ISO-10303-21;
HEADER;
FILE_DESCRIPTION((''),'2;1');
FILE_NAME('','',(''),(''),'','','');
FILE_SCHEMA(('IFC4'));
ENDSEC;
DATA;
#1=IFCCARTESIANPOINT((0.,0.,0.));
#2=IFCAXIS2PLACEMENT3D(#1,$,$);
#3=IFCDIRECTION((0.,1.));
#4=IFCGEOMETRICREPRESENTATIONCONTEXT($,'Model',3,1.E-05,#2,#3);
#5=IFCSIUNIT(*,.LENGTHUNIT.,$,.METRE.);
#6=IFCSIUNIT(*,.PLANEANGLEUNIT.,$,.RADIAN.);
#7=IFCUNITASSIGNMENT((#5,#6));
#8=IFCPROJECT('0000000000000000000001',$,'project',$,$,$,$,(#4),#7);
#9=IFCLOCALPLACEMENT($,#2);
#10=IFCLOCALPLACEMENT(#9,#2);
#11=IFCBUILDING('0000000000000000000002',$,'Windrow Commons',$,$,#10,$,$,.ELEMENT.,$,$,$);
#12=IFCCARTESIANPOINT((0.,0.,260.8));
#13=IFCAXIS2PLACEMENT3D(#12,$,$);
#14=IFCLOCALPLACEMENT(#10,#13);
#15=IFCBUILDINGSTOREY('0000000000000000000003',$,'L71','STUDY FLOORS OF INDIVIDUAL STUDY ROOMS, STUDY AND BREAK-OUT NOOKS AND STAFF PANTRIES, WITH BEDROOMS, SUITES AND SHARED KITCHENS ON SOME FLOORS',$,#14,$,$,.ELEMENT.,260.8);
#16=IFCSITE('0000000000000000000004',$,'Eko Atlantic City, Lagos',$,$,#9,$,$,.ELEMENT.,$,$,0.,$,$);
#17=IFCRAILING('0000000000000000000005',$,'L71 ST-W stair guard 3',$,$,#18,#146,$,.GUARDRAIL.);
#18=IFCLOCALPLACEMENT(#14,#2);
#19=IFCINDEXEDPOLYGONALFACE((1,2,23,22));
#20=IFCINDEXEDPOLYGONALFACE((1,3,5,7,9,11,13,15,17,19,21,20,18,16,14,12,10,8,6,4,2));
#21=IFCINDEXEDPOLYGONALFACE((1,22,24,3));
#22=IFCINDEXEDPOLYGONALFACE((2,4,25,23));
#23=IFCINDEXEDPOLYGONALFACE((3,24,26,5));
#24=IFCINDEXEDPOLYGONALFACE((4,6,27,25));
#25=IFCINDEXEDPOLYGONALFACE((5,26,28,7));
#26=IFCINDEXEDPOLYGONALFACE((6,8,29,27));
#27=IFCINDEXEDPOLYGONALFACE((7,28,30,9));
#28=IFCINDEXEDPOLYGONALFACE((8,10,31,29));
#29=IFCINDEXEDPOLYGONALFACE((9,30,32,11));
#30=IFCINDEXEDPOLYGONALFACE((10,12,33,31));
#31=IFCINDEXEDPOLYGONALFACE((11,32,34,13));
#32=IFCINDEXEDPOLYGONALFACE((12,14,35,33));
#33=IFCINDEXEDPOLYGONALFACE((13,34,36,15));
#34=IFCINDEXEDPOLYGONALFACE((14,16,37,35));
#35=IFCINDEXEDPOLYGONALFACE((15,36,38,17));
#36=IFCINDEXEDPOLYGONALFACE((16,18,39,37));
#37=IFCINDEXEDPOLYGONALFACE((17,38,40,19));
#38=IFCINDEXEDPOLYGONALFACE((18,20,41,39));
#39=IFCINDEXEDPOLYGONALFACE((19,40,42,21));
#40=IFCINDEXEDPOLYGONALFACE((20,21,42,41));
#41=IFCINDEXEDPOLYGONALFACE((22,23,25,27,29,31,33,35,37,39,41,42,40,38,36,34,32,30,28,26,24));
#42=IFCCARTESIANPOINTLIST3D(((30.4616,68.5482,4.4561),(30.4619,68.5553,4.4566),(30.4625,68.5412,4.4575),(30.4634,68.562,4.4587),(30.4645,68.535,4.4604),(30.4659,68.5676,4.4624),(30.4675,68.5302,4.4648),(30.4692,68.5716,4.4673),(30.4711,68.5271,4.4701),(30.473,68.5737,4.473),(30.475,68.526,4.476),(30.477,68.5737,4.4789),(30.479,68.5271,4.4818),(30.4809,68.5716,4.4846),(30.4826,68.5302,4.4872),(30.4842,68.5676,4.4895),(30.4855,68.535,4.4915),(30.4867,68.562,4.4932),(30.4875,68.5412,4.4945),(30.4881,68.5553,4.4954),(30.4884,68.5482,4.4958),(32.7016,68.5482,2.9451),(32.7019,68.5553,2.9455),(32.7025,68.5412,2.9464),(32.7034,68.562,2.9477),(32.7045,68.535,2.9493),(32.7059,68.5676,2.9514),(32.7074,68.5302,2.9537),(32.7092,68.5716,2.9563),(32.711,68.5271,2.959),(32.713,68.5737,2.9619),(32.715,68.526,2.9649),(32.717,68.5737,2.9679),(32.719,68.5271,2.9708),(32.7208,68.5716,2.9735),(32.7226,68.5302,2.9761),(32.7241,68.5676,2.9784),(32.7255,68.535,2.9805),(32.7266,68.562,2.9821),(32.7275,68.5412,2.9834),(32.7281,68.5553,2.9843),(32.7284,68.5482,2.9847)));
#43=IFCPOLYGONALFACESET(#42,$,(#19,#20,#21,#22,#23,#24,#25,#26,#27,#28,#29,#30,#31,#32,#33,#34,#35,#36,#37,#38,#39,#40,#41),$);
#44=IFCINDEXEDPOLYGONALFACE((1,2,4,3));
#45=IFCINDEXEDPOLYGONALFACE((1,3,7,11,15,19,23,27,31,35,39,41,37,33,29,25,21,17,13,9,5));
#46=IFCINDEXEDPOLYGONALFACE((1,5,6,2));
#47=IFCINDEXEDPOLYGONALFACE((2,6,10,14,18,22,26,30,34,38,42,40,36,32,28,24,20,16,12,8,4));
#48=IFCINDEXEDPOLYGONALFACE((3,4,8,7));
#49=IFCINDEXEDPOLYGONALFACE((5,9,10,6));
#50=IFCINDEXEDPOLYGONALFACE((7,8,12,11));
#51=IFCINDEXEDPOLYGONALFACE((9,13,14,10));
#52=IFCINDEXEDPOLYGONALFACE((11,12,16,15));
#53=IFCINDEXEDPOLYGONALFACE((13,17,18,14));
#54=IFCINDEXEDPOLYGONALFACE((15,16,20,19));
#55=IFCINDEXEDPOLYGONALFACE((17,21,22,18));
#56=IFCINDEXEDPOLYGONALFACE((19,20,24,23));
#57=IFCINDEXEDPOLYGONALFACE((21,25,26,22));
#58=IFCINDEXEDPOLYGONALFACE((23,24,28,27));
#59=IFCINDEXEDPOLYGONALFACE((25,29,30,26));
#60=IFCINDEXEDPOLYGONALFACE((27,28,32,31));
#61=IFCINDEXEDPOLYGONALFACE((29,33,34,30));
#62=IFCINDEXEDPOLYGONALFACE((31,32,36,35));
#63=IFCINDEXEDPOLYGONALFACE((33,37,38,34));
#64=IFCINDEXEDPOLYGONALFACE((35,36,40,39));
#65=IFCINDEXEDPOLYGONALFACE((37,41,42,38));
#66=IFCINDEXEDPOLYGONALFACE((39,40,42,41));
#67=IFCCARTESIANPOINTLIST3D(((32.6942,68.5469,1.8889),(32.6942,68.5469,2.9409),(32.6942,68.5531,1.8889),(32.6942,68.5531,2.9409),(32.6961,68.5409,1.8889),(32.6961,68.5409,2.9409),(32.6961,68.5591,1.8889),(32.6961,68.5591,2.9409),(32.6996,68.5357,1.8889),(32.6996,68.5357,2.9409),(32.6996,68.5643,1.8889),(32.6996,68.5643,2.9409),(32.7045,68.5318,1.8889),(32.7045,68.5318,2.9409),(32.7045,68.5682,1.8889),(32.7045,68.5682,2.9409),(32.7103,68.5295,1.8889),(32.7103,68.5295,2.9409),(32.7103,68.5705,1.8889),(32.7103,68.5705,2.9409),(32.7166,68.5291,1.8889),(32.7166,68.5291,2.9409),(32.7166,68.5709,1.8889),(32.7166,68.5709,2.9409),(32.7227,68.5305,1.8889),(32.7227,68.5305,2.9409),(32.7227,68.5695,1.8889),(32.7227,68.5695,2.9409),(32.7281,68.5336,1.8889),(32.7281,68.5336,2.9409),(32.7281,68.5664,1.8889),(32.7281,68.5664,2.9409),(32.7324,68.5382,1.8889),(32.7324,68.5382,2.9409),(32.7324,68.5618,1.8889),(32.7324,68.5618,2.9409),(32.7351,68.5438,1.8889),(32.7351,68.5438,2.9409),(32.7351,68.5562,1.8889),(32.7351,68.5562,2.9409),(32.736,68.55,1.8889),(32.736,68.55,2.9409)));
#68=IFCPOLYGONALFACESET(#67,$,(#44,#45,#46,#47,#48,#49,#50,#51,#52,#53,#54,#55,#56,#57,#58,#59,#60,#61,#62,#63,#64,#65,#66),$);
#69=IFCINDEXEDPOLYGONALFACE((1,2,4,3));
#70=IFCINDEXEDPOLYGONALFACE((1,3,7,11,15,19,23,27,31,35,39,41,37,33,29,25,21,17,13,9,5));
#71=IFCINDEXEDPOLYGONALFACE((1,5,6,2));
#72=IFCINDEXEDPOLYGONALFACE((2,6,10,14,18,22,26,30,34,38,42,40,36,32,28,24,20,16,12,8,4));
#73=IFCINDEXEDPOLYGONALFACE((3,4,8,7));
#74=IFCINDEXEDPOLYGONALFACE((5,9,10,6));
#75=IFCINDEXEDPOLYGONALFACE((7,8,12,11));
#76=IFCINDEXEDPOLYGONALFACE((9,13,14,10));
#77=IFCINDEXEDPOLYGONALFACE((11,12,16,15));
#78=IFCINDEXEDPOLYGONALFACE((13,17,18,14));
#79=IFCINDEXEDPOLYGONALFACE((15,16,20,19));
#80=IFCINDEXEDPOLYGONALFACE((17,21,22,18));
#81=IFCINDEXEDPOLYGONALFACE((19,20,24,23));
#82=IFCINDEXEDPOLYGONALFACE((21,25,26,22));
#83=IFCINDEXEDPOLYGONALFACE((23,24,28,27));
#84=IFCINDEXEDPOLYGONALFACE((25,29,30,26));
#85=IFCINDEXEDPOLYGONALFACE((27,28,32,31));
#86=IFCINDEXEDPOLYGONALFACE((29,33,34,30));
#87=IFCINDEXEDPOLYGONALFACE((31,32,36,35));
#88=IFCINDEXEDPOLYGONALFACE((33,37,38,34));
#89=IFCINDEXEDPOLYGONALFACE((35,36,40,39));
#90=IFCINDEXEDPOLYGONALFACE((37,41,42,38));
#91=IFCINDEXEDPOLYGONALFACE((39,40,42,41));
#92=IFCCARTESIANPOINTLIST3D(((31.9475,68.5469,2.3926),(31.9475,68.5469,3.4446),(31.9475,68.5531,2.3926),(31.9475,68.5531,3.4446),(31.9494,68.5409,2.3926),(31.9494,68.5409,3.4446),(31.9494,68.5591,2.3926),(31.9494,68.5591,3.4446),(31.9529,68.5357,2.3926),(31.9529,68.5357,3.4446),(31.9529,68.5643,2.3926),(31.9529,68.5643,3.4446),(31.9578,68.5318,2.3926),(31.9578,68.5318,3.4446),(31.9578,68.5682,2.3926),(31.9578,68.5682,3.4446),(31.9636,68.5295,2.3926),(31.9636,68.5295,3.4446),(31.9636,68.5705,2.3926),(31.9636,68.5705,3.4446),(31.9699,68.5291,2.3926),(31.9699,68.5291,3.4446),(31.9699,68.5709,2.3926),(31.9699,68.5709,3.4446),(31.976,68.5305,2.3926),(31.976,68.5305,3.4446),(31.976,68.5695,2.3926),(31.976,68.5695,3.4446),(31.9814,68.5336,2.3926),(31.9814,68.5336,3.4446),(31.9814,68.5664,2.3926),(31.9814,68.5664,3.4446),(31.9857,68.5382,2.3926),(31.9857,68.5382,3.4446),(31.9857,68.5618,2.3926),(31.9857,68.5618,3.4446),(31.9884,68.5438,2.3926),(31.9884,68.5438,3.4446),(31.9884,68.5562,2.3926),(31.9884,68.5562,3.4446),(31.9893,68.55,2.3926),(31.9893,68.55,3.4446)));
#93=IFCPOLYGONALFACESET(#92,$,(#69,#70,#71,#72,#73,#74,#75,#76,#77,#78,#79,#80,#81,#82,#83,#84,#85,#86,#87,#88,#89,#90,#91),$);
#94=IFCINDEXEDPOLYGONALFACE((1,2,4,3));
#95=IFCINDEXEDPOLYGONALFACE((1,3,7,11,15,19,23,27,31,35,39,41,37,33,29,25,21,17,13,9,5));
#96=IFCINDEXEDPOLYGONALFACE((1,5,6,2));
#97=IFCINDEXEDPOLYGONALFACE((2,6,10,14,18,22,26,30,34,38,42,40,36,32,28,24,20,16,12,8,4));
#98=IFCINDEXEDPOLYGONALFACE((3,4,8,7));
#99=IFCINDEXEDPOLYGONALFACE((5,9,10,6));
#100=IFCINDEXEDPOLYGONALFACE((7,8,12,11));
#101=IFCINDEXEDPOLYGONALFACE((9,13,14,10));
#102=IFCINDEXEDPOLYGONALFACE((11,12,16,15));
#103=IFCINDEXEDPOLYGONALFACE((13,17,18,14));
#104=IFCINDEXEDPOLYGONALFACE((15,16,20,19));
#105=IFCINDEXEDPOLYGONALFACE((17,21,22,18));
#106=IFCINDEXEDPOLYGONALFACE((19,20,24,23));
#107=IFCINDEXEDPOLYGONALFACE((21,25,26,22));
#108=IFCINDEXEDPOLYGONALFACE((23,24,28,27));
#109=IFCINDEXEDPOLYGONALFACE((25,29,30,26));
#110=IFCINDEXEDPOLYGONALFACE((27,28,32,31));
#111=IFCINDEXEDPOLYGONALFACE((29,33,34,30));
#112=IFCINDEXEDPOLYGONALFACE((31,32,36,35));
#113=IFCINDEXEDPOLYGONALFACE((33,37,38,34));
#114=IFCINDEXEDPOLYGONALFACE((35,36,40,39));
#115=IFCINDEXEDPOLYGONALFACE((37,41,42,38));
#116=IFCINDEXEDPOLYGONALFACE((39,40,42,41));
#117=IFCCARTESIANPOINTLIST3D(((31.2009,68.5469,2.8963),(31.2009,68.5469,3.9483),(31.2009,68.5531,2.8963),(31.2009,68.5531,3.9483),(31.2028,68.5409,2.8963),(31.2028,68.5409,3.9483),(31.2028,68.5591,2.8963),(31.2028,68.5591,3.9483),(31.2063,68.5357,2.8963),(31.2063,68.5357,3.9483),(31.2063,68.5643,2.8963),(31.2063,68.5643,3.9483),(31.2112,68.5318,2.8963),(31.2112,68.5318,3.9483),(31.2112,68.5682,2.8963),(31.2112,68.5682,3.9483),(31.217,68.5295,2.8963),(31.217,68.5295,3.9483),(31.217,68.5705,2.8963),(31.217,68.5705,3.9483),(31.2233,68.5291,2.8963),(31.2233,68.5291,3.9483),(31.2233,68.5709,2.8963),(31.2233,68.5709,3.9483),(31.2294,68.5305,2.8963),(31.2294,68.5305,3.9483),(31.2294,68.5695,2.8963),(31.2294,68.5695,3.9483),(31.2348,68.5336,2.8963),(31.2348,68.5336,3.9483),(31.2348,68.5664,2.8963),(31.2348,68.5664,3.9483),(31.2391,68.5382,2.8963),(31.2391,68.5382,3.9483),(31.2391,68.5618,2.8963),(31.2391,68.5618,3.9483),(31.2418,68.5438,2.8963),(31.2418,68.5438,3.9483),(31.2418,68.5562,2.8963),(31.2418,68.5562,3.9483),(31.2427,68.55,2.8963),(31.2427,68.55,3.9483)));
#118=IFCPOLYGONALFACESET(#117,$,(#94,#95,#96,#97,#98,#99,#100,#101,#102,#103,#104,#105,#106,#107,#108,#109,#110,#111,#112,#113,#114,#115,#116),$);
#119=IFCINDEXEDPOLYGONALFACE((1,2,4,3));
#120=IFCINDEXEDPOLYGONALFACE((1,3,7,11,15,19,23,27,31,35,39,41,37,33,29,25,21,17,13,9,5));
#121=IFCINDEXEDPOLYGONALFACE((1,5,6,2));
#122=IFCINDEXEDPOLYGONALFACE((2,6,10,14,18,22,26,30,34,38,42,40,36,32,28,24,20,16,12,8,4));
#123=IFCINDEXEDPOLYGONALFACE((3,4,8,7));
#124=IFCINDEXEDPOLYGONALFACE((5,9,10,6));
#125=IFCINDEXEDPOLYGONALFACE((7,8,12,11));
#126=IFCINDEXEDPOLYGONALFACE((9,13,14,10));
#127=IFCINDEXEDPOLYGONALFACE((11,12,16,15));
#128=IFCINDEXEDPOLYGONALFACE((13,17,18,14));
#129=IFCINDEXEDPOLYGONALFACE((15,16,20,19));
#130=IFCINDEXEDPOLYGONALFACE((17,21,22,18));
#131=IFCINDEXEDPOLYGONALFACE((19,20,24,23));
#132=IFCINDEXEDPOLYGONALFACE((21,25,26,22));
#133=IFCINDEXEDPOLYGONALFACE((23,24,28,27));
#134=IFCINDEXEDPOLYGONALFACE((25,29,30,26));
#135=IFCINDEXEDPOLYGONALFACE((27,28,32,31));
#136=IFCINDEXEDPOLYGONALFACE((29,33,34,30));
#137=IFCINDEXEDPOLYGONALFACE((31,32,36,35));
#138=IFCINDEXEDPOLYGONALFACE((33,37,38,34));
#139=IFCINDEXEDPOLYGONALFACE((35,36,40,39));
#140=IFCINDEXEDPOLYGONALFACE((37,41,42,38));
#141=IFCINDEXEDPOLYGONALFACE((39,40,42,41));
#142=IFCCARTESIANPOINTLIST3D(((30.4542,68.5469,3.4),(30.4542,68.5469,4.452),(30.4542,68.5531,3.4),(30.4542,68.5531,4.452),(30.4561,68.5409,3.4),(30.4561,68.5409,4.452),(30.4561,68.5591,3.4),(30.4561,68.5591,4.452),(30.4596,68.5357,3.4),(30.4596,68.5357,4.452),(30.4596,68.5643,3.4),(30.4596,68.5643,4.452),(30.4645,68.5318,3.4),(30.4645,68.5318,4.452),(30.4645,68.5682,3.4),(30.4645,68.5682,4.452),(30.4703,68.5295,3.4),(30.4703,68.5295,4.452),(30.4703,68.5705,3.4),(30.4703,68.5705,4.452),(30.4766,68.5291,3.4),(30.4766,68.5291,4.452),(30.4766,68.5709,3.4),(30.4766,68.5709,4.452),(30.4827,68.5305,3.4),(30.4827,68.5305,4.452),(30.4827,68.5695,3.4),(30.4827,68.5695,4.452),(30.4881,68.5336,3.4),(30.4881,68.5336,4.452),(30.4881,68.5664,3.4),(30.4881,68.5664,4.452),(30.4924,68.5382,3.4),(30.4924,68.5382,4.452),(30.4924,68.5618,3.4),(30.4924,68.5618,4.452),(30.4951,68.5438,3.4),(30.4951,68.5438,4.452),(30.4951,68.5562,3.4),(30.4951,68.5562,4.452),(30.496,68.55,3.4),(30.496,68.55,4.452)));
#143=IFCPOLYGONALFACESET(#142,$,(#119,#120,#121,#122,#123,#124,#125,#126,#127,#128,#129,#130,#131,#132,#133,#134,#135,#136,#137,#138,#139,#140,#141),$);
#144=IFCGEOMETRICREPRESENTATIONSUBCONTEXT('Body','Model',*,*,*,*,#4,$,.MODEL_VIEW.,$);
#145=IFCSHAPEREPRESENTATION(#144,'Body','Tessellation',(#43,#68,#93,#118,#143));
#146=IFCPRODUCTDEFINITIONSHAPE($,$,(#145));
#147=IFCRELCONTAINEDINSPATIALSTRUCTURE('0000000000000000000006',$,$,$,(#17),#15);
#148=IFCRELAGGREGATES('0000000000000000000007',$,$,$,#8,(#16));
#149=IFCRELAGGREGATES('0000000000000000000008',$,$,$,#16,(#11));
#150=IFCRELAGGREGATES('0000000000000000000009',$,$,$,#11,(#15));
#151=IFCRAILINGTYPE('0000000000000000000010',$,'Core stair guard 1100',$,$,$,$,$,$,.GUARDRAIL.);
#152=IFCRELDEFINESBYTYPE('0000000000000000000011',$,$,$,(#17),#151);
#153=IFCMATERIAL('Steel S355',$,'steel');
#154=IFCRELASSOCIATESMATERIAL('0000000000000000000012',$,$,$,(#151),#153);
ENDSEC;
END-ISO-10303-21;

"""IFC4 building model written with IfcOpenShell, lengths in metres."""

from ifc_helpers import new_model, si_unit, direction, frame, origin, origin_2d, place, context, subcontext, project, spatial, circle, extrude, material, type_object, element, save


model = new_model("IFC4")

# Units and contexts
model_context = context("Model", 3, precision=1e-05, world=origin(), true_north=direction((0.0, 1.0)))
body_context = subcontext(model_context, "Body", "Model", "MODEL_VIEW")
ifc_project = project(units=[si_unit("LENGTHUNIT", "METRE"), si_unit("PLANEANGLEUNIT", "RADIAN")], contexts=[model_context])

# Site, building, storey
site_placement = place(None, origin())
site = spatial("IfcSite", under=ifc_project, at=site_placement, Name="Eko Atlantic City, Lagos", CompositionType="ELEMENT", RefElevation=0.0)
building_placement = place(site_placement, origin())
building = spatial("IfcBuilding", under=site, at=building_placement, Name="Windrow Commons", CompositionType="ELEMENT")
storey_placement = place(building_placement, frame((0.0, 0.0, 260.8)))
storey = spatial("IfcBuildingStorey", under=building, at=storey_placement, Name="L71", Description="STUDY FLOORS OF INDIVIDUAL STUDY ROOMS, STUDY AND BREAK-OUT NOOKS AND STAFF PANTRIES, WITH BEDROOMS, SUITES AND SHARED KITCHENS ON SOME FLOORS", CompositionType="ELEMENT", Elevation=260.8)

# Railing
ifc_material_1 = material(Name="Steel S355", Category="steel")
railing_type_1 = type_object("IfcRailingType", Name="Core stair guard 1100", PredefinedType="GUARDRAIL", material=ifc_material_1)
railing_1_placement = place(storey_placement, frame((32.715, 68.55, 1.8889)))
element("IfcRailing", 1, at=railing_1_placement, inside=storey, type_object=railing_type_1, Name="L71 ST-W stair guard 3", PredefinedType="GUARDRAIL", context=body_context, shape_type="SweptSolid", body=[
    extrude(circle(Radius=0.024, at=origin_2d()), frame((0.0, 0.0, 1.076), z_axis=(-0.829003, 0.0, 0.559244), x_axis=(0.0, -1.0, 0.0)), (0.0, 0.0, 1.0), 2.702),
    extrude(circle(Radius=0.021, at=origin_2d()), origin(), (0.0, 0.0, 1.0), 1.052),
    extrude(circle(Radius=0.021, at=origin_2d()), frame((-0.7467, 0.0, 0.5037)), (0.0, 0.0, 1.0), 1.052),
    extrude(circle(Radius=0.021, at=origin_2d()), frame((-1.4933, 0.0, 1.0074)), (0.0, 0.0, 1.0), 1.052),
    extrude(circle(Radius=0.021, at=origin_2d()), frame((-2.24, 0.0, 1.5111)), (0.0, 0.0, 1.0), 1.052),
])

save(model, "model.ifc")
